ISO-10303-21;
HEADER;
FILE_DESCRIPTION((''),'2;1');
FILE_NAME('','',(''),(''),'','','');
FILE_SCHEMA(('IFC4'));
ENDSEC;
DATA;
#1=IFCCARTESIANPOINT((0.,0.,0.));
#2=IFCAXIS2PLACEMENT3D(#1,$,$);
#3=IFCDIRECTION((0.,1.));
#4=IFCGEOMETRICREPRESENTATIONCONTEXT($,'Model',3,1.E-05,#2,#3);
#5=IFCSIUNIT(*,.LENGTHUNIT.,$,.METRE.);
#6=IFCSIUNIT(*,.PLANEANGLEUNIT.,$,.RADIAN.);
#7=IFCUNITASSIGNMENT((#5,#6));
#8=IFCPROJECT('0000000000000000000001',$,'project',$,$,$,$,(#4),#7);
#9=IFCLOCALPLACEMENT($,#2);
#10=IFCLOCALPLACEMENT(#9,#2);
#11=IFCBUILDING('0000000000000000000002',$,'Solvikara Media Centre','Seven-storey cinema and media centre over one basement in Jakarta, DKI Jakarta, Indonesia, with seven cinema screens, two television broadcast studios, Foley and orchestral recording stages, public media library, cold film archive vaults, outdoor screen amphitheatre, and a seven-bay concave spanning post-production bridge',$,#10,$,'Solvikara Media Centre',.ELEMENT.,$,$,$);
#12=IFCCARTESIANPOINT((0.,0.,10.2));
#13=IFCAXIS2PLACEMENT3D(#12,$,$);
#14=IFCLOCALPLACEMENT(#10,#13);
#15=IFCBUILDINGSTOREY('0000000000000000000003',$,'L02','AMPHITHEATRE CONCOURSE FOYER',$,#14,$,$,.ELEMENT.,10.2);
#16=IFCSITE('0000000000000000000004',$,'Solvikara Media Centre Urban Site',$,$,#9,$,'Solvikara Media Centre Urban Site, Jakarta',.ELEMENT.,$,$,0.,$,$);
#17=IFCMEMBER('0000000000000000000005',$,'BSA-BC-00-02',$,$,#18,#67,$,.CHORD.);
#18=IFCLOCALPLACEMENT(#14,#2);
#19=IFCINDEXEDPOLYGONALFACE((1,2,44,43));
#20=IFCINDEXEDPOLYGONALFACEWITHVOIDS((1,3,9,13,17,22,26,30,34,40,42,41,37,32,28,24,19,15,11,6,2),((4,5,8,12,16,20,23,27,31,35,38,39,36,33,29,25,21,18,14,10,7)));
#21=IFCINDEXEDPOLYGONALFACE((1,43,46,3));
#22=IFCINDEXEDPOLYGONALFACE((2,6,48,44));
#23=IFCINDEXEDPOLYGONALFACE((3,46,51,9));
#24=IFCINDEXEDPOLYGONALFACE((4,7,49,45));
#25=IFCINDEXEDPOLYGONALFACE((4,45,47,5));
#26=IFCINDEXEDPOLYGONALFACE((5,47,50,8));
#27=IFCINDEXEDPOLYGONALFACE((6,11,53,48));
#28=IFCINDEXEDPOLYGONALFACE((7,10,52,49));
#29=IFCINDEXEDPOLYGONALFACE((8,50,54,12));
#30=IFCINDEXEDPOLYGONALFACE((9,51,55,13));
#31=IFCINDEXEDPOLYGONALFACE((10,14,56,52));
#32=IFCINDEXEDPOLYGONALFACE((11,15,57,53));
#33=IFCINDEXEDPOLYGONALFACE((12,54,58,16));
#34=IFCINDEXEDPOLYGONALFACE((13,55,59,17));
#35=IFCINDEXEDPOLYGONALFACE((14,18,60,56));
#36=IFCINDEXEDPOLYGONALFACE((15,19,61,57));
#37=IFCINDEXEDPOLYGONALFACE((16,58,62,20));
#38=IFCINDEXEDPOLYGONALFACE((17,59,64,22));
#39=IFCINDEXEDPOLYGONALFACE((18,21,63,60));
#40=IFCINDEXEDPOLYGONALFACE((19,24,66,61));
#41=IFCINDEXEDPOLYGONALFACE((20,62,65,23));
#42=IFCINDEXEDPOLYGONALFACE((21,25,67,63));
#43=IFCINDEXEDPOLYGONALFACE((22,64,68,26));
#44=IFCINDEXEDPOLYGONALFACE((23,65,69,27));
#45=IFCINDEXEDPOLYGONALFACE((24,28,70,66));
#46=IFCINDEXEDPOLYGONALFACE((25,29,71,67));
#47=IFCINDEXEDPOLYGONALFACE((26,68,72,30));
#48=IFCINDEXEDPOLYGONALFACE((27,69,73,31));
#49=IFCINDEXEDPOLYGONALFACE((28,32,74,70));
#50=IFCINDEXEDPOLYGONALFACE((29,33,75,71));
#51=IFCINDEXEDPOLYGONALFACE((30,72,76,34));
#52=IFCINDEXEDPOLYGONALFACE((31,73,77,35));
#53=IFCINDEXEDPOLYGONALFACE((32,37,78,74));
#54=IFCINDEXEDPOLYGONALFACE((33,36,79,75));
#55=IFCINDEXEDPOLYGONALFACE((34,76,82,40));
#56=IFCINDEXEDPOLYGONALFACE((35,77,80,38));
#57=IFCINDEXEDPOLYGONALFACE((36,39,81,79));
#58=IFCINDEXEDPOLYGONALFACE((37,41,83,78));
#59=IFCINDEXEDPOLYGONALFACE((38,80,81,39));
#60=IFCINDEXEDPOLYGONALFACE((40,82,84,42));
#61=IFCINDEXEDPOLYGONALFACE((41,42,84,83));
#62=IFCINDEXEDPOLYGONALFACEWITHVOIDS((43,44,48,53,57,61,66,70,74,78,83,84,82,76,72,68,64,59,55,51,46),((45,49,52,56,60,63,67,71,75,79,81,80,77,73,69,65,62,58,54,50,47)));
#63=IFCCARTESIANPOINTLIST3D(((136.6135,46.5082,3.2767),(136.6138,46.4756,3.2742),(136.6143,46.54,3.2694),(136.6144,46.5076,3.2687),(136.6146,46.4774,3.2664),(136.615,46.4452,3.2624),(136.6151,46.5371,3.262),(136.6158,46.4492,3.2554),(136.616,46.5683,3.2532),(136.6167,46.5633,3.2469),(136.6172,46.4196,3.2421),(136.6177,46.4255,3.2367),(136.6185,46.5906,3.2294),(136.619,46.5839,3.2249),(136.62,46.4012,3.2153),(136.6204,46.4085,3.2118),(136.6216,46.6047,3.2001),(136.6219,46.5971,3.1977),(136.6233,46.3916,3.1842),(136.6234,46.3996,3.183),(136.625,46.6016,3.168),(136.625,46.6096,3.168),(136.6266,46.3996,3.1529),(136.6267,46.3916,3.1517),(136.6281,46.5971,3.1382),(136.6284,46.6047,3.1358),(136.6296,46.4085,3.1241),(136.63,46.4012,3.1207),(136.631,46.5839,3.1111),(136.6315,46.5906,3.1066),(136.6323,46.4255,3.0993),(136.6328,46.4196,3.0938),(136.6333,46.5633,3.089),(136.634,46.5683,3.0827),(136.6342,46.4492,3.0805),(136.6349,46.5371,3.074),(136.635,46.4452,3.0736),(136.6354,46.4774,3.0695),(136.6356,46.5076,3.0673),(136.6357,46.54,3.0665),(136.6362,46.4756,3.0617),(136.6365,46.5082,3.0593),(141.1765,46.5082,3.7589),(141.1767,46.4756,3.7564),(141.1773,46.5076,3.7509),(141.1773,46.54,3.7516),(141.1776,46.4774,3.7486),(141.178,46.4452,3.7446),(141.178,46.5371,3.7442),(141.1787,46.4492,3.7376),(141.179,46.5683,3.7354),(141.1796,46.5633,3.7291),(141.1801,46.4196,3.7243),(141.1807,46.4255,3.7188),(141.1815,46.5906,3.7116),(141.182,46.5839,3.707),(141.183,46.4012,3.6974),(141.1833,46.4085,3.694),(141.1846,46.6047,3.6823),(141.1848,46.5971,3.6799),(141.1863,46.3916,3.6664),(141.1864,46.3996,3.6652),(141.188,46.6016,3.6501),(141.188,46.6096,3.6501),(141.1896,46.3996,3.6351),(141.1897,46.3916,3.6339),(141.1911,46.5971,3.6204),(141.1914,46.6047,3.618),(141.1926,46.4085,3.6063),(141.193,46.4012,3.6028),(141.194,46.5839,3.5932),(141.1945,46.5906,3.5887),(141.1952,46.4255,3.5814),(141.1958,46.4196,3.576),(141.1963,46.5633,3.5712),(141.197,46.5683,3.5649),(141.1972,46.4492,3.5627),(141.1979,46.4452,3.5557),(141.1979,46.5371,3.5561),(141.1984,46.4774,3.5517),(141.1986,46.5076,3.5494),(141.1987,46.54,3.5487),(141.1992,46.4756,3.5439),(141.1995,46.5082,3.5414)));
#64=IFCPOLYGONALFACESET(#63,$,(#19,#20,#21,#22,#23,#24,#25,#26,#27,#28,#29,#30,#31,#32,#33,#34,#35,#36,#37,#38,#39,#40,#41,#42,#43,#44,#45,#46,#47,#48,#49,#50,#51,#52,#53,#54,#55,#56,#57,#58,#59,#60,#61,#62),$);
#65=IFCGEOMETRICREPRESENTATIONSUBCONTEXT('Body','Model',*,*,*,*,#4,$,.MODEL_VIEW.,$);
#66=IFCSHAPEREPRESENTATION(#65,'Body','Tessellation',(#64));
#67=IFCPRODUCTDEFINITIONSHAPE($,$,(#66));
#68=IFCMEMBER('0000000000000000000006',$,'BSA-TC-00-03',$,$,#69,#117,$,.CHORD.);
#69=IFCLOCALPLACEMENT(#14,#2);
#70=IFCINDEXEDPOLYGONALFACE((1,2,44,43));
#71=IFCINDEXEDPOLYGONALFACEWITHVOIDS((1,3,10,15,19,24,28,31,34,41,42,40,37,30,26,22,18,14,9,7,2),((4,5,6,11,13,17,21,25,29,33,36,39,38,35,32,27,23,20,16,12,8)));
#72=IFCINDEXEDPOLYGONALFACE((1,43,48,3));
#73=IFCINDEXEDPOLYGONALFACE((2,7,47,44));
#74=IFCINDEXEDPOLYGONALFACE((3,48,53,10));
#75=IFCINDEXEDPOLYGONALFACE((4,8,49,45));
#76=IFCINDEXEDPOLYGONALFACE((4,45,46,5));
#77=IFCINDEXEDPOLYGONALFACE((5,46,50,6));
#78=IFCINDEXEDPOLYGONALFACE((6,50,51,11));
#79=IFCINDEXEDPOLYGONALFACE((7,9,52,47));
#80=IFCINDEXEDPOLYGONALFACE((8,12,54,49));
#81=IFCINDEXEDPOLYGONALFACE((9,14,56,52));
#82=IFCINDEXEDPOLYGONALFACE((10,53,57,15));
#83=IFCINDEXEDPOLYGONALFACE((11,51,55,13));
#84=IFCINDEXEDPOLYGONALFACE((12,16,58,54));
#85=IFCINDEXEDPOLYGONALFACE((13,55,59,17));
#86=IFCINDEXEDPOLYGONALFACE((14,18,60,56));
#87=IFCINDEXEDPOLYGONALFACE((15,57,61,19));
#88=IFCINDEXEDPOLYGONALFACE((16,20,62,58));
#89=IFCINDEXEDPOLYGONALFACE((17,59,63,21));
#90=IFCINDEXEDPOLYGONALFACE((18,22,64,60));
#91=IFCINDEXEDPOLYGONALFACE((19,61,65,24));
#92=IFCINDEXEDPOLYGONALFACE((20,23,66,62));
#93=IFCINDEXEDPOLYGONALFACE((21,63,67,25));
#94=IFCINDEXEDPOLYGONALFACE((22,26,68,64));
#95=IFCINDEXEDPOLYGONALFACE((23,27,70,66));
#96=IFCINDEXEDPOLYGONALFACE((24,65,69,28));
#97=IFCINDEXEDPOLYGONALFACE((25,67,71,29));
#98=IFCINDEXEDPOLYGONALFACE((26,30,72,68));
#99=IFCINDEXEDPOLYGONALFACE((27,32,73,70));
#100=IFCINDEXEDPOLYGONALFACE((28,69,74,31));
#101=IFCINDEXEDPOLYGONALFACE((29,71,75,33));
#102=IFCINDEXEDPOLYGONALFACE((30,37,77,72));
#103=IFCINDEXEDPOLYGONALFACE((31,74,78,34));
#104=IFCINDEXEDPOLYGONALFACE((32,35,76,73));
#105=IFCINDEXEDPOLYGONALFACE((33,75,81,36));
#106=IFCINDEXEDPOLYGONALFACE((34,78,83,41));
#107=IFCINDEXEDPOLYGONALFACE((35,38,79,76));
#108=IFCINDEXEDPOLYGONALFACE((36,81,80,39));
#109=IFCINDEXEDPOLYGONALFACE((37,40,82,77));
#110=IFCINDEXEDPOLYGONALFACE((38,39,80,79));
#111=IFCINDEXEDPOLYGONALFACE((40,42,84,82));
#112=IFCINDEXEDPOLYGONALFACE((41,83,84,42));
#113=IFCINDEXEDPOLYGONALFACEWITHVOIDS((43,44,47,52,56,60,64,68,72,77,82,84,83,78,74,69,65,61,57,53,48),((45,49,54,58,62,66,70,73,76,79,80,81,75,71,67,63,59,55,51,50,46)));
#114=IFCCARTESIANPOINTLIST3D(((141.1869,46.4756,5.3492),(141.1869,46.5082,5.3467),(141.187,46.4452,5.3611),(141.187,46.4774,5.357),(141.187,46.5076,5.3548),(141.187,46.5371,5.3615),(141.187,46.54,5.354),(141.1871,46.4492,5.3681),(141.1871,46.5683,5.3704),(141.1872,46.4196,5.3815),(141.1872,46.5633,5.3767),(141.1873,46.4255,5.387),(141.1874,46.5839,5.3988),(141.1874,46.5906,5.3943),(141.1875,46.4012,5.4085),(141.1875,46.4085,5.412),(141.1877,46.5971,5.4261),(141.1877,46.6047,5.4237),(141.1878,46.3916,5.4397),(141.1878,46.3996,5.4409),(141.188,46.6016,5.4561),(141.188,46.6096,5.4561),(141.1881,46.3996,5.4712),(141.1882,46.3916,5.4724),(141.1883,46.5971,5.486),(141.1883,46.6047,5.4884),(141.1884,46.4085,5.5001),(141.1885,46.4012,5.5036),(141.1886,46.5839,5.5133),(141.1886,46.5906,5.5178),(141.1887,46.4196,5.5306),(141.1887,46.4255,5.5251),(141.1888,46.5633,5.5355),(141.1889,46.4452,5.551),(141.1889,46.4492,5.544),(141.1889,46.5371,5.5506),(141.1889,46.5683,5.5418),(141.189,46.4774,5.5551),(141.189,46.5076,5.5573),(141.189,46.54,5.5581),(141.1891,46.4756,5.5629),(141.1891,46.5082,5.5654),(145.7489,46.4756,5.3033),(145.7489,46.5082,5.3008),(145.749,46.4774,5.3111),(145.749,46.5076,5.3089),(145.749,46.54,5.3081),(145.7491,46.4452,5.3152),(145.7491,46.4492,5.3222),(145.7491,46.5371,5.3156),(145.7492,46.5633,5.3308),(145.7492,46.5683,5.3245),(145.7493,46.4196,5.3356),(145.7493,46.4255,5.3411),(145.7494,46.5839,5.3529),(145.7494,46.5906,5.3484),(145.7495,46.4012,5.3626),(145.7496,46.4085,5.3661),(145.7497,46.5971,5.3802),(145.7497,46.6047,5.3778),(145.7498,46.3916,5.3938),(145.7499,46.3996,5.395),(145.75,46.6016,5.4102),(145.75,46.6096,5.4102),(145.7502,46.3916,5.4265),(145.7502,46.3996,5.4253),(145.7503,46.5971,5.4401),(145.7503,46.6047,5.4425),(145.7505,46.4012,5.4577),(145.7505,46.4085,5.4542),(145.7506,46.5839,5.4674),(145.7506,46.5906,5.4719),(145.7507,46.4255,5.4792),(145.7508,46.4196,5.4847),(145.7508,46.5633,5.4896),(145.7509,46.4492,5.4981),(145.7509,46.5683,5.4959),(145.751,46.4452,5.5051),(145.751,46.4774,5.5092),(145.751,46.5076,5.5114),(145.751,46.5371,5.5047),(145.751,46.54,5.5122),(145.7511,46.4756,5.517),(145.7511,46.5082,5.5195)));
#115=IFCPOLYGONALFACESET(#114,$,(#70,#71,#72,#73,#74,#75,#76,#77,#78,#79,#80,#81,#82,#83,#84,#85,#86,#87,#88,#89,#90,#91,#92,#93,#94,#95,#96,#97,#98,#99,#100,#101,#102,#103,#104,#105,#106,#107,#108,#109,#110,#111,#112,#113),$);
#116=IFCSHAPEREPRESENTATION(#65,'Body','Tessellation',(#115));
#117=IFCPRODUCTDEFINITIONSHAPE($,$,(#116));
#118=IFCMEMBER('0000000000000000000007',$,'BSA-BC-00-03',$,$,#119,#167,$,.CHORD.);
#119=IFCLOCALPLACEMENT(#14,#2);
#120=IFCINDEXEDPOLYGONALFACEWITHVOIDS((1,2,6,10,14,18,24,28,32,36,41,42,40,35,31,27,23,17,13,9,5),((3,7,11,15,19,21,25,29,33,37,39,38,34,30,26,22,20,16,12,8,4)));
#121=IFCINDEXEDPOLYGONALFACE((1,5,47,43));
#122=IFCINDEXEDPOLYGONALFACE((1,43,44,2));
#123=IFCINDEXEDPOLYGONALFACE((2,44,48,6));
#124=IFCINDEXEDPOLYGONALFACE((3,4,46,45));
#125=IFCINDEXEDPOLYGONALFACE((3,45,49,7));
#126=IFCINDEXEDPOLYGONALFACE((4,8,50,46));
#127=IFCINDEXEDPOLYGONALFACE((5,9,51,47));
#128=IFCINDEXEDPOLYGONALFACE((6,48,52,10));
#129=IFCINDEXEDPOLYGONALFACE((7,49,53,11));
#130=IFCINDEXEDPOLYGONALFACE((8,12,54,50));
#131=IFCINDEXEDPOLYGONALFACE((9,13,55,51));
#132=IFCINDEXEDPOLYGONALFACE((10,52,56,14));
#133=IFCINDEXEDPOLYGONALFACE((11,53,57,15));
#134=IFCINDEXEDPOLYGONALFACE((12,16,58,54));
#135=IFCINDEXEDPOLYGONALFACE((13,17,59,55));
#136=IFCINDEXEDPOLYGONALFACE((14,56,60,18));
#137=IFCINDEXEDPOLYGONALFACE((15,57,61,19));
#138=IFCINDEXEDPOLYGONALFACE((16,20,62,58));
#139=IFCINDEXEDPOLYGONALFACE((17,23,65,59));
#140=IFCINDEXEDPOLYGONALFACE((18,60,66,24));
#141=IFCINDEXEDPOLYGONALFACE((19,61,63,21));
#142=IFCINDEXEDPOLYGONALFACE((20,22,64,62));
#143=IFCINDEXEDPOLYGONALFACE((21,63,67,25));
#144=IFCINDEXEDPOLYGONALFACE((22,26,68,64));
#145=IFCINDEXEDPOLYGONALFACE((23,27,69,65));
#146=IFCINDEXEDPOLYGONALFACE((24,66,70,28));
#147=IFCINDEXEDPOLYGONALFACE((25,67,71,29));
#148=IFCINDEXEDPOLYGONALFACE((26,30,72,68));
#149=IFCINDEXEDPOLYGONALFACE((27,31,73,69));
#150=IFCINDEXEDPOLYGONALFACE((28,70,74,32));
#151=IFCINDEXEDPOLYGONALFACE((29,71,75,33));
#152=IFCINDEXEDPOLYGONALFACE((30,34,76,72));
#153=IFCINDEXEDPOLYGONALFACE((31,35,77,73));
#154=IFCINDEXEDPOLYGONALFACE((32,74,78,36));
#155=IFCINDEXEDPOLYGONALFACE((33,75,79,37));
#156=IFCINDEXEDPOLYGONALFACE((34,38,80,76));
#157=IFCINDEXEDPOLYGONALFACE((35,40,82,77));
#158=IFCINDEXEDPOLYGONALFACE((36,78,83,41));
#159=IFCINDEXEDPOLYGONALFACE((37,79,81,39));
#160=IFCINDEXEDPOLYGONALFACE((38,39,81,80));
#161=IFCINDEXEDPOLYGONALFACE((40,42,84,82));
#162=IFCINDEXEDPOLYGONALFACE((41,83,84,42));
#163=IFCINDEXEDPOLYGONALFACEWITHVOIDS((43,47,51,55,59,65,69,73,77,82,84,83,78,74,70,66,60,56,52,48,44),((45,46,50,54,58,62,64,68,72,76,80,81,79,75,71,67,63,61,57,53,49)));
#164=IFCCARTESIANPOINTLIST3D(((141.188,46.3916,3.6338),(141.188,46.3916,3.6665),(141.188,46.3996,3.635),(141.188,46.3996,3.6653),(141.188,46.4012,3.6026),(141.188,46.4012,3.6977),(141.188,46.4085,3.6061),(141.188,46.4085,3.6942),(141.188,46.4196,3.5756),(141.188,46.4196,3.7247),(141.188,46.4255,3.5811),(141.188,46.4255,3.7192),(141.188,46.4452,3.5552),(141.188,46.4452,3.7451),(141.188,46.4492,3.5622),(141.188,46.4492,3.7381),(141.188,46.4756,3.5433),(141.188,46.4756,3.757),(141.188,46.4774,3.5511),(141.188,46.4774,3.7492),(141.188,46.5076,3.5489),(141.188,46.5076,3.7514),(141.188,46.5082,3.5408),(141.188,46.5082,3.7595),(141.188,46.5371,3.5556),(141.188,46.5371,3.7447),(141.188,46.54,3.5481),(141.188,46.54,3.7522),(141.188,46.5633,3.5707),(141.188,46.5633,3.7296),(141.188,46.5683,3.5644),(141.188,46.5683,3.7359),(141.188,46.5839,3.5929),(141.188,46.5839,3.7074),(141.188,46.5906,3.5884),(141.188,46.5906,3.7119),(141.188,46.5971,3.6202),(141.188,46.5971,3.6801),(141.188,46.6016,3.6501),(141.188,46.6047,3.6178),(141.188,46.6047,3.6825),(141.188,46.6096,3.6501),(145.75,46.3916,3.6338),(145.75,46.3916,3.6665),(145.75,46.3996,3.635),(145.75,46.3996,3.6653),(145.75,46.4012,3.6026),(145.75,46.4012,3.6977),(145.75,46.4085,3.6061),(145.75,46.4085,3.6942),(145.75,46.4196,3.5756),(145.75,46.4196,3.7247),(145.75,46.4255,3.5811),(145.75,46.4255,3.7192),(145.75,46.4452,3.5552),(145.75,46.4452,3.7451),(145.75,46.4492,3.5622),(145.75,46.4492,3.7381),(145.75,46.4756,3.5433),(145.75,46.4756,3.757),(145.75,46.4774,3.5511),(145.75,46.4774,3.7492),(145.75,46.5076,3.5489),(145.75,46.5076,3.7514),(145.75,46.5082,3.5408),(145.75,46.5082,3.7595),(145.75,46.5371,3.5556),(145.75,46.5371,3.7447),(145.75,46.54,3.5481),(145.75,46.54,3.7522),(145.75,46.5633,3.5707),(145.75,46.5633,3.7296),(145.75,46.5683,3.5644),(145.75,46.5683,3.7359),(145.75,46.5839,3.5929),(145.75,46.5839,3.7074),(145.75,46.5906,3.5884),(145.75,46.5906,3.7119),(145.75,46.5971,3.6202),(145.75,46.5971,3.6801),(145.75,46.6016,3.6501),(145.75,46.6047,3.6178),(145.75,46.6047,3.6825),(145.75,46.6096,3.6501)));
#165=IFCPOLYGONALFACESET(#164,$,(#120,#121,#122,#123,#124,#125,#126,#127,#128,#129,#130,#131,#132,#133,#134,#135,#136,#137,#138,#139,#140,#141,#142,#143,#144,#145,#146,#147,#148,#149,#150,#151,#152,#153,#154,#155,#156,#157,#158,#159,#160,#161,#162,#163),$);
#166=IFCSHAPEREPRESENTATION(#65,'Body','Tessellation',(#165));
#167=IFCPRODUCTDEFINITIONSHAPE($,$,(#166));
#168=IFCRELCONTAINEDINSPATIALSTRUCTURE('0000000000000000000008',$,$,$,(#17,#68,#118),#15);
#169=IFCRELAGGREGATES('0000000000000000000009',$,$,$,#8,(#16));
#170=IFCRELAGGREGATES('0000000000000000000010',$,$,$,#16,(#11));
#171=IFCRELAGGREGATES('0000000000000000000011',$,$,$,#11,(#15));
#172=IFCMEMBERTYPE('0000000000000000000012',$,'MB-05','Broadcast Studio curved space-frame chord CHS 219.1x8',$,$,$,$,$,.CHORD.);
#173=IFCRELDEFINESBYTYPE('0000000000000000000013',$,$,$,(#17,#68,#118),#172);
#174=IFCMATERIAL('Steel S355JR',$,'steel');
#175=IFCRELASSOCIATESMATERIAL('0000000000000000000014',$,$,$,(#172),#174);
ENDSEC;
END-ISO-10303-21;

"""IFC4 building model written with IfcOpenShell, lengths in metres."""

from ifc_helpers import new_model, si_unit, direction, frame, origin, origin_2d, place, context, subcontext, project, spatial, hollow_circle, extrude, material, material_profile, profile_set, type_object, element, save


model = new_model("IFC4")

# Units and contexts
model_context = context("Model", 3, precision=1e-05, world=origin(), true_north=direction((0.0, 1.0)))
body_context = subcontext(model_context, "Body", "Model", "MODEL_VIEW")
ifc_project = project(units=[si_unit("LENGTHUNIT", "METRE"), si_unit("PLANEANGLEUNIT", "RADIAN")], contexts=[model_context])

# Site, building, storey
site_placement = place(None, origin())
site = spatial("IfcSite", under=ifc_project, at=site_placement, Name="Solvikara Media Centre Urban Site", LongName="Solvikara Media Centre Urban Site, Jakarta", CompositionType="ELEMENT", RefElevation=0.0)
building_placement = place(site_placement, origin())
building = spatial("IfcBuilding", under=site, at=building_placement, Name="Solvikara Media Centre", Description="Seven-storey cinema and media centre over one basement in Jakarta, DKI Jakarta, Indonesia, with seven cinema screens, two television broadcast studios, Foley and orchestral recording stages, public media library, cold film archive vaults, outdoor screen amphitheatre, and a seven-bay concave spanning post-production bridge", LongName="Solvikara Media Centre", CompositionType="ELEMENT")
storey_placement = place(building_placement, frame((0.0, 0.0, 10.2)))
storey = spatial("IfcBuildingStorey", under=building, at=storey_placement, Name="L02", Description="AMPHITHEATRE CONCOURSE FOYER", CompositionType="ELEMENT", Elevation=10.2)

# Shared definitions
ifc_material_1 = material(Name="Steel S355JR", Category="steel")

# Members
ifc_material_profile_1 = material_profile(ifc_material_1, hollow_circle(Radius=0.1096, WallThickness=0.0081, at=origin_2d()), Name="CHS 219.1x8")
ifc_profile_set_1 = profile_set([ifc_material_profile_1], Name="Steel S355JR")
member_type_1 = type_object("IfcMemberType", Name="MB-05", Description="Broadcast Studio curved space-frame chord CHS 219.1x8", PredefinedType="CHORD", material=ifc_profile_set_1)
member_1_placement = place(storey_placement, frame((136.625, 46.5, 3.168), z_axis=(0.994463, 0.0, 0.105086), x_axis=(0.0, 1.0, 0.0)))
element("IfcMember", 1, at=member_1_placement, inside=storey, type_object=member_type_1, Name="BSA-BC-00-02", PredefinedType="CHORD", context=body_context, shape_type="SweptSolid", body=[
    extrude(hollow_circle(Radius=0.1096, WallThickness=0.0081, at=origin_2d()), origin(), (0.0, 0.0, 1.0), 4.5884),
])
member_2_placement = place(storey_placement, frame((141.188, 46.5, 5.4561), z_axis=(0.999949, 0.0, -0.01006), x_axis=(0.0, 1.0, 0.0)))
element("IfcMember", 2, at=member_2_placement, inside=storey, type_object=member_type_1, Name="BSA-TC-00-03", PredefinedType="CHORD", context=body_context, shape_type="SweptSolid", body=[
    extrude(hollow_circle(Radius=0.1096, WallThickness=0.0081, at=origin_2d()), origin(), (0.0, 0.0, 1.0), 4.5623),
])
member_3_placement = place(storey_placement, frame((141.188, 46.5, 3.6501), z_axis=(1.0, 0.0, 0.0), x_axis=(0.0, 1.0, 0.0)))
element("IfcMember", 3, at=member_3_placement, inside=storey, type_object=member_type_1, Name="BSA-BC-00-03", PredefinedType="CHORD", context=body_context, shape_type="SweptSolid", body=[
    extrude(hollow_circle(Radius=0.1096, WallThickness=0.0081, at=origin_2d()), origin(), (0.0, 0.0, 1.0), 4.562),
])

save(model, "model.ifc")
